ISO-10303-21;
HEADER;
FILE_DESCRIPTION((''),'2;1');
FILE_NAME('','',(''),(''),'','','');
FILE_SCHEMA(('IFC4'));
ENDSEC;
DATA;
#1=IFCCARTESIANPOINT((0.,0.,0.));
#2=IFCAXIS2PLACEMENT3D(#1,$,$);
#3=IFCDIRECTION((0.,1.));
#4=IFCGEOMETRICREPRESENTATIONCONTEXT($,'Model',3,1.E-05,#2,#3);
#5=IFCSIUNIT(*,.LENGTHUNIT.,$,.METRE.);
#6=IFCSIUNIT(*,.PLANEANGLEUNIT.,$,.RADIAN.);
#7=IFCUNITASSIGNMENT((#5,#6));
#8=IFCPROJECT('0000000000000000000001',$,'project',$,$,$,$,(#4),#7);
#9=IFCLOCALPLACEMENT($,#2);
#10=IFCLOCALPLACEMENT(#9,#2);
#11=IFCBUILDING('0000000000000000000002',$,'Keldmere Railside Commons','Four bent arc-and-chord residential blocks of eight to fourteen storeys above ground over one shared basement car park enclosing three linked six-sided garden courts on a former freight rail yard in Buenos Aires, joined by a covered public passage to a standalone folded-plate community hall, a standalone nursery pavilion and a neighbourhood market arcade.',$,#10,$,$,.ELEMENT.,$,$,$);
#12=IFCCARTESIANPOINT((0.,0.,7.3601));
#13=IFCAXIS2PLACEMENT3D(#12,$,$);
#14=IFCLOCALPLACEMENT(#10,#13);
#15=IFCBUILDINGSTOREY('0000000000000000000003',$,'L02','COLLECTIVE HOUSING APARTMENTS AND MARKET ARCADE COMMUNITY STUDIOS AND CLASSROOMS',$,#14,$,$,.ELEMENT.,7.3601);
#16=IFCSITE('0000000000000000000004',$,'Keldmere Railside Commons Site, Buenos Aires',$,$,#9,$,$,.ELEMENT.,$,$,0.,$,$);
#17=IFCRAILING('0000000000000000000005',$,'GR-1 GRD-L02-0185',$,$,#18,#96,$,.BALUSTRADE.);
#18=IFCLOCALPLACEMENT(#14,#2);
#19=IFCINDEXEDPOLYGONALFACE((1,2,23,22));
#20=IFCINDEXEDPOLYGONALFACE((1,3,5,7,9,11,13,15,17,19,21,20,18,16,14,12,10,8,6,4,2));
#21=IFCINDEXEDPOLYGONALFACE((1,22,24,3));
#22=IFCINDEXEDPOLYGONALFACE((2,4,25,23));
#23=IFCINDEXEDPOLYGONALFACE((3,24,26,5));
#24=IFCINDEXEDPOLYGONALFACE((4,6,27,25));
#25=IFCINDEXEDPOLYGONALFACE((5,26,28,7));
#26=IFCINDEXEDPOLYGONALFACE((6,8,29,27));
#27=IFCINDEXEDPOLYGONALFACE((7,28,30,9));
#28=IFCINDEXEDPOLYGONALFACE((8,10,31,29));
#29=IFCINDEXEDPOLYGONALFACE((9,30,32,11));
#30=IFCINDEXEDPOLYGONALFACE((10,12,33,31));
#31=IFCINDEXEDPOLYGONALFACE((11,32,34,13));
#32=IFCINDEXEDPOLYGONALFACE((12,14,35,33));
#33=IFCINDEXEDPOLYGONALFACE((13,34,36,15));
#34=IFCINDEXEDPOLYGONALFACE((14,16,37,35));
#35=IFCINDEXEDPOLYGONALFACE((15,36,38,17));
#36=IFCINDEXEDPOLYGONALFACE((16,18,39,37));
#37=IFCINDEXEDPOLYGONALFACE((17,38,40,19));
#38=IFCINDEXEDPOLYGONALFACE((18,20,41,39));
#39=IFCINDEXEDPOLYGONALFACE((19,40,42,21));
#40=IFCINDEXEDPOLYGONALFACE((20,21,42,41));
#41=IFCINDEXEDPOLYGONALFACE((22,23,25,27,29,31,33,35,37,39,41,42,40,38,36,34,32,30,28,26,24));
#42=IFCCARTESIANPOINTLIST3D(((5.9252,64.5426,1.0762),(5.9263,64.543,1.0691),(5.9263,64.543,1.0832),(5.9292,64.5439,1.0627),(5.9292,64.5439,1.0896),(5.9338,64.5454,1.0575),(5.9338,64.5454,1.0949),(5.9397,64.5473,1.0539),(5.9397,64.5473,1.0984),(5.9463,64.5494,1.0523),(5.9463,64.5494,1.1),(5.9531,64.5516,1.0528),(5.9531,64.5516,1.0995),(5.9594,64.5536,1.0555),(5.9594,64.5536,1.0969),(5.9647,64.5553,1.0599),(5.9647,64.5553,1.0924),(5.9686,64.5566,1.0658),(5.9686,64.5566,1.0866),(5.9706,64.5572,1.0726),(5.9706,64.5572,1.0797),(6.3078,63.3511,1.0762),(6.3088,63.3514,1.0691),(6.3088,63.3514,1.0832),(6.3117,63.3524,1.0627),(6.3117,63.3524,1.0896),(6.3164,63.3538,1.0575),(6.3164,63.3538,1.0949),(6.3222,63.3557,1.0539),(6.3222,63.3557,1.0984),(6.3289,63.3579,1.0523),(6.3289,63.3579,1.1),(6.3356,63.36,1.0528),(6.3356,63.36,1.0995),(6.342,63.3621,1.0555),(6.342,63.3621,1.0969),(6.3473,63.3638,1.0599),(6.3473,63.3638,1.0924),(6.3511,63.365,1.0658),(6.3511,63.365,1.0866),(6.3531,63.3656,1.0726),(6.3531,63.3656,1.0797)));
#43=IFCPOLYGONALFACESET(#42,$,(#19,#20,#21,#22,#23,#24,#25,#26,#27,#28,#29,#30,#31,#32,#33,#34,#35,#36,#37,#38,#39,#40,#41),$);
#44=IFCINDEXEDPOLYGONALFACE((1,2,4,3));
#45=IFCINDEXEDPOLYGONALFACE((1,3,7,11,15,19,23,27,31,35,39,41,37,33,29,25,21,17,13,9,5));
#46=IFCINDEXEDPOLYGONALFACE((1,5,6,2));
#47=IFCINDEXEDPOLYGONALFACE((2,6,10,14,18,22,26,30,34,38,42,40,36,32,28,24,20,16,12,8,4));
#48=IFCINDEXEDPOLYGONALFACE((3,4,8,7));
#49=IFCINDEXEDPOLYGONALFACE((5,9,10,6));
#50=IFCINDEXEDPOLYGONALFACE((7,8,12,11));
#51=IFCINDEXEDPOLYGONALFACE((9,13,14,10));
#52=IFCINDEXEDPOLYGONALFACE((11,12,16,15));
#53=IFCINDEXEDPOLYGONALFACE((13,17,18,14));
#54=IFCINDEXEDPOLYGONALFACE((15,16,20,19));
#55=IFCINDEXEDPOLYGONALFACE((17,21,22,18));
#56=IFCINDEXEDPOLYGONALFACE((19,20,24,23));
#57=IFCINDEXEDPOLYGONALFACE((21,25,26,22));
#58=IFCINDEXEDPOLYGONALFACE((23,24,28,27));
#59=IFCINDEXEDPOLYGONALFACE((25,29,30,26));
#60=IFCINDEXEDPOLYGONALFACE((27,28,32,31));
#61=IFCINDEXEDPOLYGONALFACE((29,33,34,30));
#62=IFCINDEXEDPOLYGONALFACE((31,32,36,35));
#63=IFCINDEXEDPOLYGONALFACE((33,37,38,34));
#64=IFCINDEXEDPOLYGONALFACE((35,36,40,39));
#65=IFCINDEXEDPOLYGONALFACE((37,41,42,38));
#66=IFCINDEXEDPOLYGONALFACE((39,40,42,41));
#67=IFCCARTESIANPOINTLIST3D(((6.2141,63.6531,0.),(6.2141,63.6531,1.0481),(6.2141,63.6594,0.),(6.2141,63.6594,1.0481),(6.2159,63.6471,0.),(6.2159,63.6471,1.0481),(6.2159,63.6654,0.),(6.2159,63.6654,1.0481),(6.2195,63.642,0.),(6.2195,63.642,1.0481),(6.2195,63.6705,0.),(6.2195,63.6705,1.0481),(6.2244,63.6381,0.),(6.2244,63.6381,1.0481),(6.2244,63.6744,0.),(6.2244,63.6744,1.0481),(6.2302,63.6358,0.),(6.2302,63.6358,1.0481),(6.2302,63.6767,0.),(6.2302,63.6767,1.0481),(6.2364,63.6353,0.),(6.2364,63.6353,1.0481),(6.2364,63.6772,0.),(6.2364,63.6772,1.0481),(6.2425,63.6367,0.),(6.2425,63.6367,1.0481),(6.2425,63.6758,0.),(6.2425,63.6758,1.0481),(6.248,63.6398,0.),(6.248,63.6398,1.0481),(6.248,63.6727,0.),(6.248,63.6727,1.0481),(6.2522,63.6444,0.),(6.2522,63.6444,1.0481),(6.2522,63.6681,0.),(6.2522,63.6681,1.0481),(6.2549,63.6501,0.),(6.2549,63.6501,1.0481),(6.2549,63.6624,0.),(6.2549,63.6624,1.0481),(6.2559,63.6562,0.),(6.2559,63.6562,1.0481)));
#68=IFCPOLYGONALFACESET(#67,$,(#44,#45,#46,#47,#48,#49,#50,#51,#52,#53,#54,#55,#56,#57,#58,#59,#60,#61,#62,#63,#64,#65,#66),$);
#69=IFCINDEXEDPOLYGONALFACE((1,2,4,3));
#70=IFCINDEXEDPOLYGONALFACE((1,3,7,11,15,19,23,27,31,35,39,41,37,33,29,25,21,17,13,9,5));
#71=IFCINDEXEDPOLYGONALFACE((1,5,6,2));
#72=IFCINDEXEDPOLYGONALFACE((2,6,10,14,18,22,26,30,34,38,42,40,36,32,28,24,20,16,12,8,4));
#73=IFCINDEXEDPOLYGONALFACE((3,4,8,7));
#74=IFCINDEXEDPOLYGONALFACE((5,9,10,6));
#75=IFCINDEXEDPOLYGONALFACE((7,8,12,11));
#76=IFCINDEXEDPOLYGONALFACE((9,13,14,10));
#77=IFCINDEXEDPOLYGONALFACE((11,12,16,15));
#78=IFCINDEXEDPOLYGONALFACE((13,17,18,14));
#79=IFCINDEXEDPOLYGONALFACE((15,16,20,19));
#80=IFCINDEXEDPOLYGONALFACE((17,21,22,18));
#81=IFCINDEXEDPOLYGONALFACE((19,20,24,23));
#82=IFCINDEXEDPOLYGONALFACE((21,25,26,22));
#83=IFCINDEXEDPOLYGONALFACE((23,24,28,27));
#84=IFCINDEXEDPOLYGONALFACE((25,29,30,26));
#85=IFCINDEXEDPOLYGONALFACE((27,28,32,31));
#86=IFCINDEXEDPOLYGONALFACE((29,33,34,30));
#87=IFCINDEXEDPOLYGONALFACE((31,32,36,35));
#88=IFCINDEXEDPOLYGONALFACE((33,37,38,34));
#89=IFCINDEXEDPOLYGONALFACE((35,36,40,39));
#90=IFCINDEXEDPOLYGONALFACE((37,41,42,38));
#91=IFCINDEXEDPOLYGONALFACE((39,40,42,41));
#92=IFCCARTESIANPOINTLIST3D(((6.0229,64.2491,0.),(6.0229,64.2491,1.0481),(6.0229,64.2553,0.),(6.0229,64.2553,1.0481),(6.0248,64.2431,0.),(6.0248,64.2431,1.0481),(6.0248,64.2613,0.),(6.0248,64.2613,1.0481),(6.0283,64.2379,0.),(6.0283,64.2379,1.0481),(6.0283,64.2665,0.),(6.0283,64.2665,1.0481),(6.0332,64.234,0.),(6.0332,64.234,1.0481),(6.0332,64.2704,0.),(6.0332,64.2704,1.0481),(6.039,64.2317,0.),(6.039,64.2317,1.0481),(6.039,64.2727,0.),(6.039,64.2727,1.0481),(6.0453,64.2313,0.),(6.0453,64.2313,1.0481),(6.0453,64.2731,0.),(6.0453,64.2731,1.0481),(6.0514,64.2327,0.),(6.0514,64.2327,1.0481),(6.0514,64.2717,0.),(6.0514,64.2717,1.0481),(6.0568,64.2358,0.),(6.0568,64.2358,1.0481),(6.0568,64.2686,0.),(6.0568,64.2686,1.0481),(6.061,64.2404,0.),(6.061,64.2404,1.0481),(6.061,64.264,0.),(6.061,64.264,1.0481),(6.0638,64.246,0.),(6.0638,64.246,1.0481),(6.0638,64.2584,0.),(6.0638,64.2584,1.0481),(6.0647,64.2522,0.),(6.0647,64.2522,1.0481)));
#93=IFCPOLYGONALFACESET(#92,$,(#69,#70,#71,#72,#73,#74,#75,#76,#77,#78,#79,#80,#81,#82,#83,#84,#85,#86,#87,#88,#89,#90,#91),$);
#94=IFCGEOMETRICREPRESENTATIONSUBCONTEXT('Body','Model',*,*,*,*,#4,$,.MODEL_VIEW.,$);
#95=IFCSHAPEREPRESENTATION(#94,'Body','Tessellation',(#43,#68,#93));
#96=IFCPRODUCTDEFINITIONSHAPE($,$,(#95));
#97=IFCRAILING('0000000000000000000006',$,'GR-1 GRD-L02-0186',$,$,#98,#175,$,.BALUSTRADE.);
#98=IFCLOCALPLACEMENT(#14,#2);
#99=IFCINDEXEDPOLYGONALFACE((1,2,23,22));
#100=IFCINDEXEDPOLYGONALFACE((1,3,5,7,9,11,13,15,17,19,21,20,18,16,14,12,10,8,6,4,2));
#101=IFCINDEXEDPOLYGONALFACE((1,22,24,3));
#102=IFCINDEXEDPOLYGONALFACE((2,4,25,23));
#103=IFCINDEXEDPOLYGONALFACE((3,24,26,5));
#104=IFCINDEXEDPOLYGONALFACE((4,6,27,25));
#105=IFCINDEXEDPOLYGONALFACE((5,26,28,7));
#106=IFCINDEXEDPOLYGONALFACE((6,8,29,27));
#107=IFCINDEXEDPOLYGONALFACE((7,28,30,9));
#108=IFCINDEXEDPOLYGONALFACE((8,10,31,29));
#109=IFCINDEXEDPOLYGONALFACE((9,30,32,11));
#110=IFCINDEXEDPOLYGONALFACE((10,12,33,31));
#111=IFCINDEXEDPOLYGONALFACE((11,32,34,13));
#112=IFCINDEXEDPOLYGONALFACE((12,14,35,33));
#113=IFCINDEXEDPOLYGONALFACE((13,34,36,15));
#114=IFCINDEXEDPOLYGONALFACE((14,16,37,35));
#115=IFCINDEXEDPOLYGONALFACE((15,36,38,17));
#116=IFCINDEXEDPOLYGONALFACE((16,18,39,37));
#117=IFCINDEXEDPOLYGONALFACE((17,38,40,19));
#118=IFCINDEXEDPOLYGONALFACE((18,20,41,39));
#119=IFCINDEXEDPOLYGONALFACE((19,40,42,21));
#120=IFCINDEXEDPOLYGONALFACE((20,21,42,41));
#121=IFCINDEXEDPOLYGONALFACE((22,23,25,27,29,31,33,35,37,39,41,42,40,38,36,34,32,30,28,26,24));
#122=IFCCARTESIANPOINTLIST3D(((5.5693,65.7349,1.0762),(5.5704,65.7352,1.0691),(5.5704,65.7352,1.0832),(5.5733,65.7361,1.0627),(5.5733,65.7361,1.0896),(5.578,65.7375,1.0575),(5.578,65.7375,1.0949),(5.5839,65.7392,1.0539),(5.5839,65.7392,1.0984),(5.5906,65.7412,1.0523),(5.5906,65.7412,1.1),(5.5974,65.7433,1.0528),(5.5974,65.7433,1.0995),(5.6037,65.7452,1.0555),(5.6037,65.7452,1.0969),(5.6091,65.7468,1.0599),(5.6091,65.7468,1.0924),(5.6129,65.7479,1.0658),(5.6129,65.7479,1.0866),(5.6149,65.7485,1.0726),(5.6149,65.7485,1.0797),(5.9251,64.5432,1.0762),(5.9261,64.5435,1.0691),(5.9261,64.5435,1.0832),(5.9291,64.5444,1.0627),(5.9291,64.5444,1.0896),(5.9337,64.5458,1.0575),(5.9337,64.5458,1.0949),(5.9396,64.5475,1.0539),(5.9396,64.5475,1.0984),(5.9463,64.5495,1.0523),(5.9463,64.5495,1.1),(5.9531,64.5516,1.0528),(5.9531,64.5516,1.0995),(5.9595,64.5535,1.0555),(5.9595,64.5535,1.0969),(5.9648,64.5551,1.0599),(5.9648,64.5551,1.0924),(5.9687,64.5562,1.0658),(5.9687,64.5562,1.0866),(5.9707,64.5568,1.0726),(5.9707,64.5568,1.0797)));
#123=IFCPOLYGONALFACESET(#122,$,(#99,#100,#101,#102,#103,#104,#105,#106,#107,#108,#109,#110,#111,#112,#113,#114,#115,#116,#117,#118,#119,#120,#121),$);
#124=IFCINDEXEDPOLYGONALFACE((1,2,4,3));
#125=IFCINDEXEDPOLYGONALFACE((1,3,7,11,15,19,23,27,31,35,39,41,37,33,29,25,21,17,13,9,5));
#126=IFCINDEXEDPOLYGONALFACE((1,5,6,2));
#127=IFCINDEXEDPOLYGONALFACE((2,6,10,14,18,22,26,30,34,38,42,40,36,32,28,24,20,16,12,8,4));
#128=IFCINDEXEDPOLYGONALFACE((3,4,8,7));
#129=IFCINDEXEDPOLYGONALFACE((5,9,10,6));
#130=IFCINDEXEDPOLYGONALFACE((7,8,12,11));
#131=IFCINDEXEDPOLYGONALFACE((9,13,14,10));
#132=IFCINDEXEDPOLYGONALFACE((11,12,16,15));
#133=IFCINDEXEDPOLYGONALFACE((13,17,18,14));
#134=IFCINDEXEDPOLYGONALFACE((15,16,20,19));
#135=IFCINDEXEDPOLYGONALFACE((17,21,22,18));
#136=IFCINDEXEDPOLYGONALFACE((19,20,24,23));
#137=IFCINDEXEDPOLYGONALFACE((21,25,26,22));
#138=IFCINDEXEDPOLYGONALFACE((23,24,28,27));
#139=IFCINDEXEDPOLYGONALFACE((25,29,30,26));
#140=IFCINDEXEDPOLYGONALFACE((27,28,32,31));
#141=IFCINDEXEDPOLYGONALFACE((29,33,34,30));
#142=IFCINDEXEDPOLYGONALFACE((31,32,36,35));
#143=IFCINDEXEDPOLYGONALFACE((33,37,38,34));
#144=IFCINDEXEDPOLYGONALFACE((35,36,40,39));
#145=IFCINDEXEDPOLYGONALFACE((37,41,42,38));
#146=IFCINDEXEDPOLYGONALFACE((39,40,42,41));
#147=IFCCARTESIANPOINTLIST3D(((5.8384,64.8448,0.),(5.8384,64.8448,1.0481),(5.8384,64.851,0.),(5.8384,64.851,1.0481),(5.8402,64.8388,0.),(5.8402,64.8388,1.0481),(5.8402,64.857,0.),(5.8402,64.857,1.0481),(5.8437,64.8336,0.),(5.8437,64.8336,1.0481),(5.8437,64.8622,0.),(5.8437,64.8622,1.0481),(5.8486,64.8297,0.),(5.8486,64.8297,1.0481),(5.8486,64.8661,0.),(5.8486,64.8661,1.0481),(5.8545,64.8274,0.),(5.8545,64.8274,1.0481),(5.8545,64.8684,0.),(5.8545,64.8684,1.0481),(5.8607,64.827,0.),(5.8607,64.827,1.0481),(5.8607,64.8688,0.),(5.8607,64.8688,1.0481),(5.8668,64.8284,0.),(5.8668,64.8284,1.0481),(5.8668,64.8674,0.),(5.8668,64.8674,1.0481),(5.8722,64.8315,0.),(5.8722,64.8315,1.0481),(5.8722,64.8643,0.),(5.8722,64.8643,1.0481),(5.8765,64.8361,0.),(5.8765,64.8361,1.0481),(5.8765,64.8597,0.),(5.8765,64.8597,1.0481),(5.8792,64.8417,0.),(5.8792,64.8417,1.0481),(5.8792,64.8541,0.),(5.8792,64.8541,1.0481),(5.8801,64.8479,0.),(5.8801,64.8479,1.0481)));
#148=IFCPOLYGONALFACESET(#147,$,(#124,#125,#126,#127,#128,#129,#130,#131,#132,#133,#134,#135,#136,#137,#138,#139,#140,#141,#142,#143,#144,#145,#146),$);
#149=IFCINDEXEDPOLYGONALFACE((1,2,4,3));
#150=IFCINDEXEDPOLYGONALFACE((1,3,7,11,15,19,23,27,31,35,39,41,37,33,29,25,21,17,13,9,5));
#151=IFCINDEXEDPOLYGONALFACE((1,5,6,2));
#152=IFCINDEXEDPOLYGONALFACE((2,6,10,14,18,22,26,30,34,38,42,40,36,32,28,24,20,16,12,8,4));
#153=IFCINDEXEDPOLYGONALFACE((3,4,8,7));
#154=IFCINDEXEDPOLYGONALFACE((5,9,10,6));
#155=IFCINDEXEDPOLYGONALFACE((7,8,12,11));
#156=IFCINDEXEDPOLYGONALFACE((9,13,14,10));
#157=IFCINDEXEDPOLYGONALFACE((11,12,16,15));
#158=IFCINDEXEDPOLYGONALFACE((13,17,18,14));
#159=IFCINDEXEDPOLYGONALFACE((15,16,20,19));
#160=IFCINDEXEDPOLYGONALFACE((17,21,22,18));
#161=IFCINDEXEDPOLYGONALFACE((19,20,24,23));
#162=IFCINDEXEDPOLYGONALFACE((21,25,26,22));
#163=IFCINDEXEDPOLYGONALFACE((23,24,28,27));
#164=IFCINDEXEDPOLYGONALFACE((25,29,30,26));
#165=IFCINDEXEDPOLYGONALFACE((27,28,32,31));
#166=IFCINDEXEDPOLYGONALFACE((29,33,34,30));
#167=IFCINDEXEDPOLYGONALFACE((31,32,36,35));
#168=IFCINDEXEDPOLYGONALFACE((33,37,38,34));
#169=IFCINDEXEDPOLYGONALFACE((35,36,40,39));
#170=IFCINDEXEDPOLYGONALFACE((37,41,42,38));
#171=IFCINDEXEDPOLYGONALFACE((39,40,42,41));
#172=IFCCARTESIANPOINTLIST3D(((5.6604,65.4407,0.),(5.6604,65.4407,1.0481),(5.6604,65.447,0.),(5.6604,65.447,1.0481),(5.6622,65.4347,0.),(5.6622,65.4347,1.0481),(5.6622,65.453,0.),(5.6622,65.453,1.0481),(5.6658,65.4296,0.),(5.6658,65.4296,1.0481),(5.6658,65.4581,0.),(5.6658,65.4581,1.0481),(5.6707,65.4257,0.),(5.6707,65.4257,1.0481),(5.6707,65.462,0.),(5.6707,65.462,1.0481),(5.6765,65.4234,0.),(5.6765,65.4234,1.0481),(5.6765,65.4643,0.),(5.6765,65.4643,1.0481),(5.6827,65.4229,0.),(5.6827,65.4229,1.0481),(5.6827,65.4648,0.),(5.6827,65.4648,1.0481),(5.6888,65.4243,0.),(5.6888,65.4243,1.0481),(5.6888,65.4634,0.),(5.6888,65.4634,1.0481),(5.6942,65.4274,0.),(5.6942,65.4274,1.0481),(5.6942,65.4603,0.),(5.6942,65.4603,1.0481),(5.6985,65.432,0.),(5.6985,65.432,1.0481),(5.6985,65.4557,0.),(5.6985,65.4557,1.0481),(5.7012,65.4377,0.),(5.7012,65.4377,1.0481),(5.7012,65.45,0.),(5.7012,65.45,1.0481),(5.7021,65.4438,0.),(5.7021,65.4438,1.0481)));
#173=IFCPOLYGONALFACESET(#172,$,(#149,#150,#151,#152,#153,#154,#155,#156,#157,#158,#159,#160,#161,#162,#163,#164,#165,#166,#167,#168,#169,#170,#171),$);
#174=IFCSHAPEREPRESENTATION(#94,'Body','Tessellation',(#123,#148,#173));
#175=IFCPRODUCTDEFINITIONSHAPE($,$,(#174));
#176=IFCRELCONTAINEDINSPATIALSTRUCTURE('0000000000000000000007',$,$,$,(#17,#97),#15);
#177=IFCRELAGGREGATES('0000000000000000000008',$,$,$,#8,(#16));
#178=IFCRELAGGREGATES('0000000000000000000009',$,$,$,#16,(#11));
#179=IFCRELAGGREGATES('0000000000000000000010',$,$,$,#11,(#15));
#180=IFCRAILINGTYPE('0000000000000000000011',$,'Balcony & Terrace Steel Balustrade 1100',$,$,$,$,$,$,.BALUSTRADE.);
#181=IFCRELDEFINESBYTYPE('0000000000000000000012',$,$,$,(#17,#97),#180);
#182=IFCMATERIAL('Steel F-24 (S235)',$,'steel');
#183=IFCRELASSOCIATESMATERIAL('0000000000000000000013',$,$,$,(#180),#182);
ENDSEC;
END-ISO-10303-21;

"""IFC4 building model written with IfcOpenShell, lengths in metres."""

from ifc_helpers import new_model, si_unit, direction, frame, origin, origin_2d, place, context, subcontext, project, spatial, circle, extrude, material, type_object, element, save


model = new_model("IFC4")

# Units and contexts
model_context = context("Model", 3, precision=1e-05, world=origin(), true_north=direction((0.0, 1.0)))
body_context = subcontext(model_context, "Body", "Model", "MODEL_VIEW")
ifc_project = project(units=[si_unit("LENGTHUNIT", "METRE"), si_unit("PLANEANGLEUNIT", "RADIAN")], contexts=[model_context])

# Site, building, storey
site_placement = place(None, origin())
site = spatial("IfcSite", under=ifc_project, at=site_placement, Name="Keldmere Railside Commons Site, Buenos Aires", CompositionType="ELEMENT", RefElevation=0.0)
building_placement = place(site_placement, origin())
building = spatial("IfcBuilding", under=site, at=building_placement, Name="Keldmere Railside Commons", Description="Four bent arc-and-chord residential blocks of eight to fourteen storeys above ground over one shared basement car park enclosing three linked six-sided garden courts on a former freight rail yard in Buenos Aires, joined by a covered public passage to a standalone folded-plate community hall, a standalone nursery pavilion and a neighbourhood market arcade.", CompositionType="ELEMENT")
storey_placement = place(building_placement, frame((0.0, 0.0, 7.3601)))
storey = spatial("IfcBuildingStorey", under=building, at=storey_placement, Name="L02", Description="COLLECTIVE HOUSING APARTMENTS AND MARKET ARCADE COMMUNITY STUDIOS AND CLASSROOMS", CompositionType="ELEMENT", Elevation=7.3601)

# Railings
ifc_material_1 = material(Name="Steel F-24 (S235)", Category="steel")
railing_type = type_object("IfcRailingType", Name="Balcony & Terrace Steel Balustrade 1100", PredefinedType="BALUSTRADE", material=ifc_material_1)
railing_1_placement = place(storey_placement, frame((6.3306, 63.3584, 0.0)))
element("IfcRailing", 1, at=railing_1_placement, inside=storey, type_object=railing_type, Name="GR-1 GRD-L02-0185", PredefinedType="BALUSTRADE", context=body_context, shape_type="SweptSolid", body=[
    extrude(circle(Radius=0.0239, at=origin_2d()), frame((0.0, 0.0, 1.0762), z_axis=(-0.305674, 0.952136, 0.0), x_axis=(-0.952136, -0.305674, 0.0)), (0.0, 0.0, 1.0), 1.2515),
    extrude(circle(Radius=0.021, at=origin_2d()), frame((-0.0957, 0.2979, 0.0)), (0.0, 0.0, 1.0), 1.0481),
    extrude(circle(Radius=0.021, at=origin_2d()), frame((-0.2869, 0.8938, 0.0)), (0.0, 0.0, 1.0), 1.0481),
])
railing_2_placement = place(storey_placement, frame((5.948, 64.55, 0.0)))
element("IfcRailing", 2, at=railing_2_placement, inside=storey, type_object=railing_type, Name="GR-1 GRD-L02-0186", PredefinedType="BALUSTRADE", context=body_context, shape_type="SweptSolid", body=[
    extrude(circle(Radius=0.0239, at=origin_2d()), frame((0.0, 0.0, 1.0762), z_axis=(-0.286033, 0.95822, 0.0), x_axis=(-0.95822, -0.286033, 0.0)), (0.0, 0.0, 1.0), 1.2437),
    extrude(circle(Radius=0.021, at=origin_2d()), frame((-0.0889, 0.2979, 0.0)), (0.0, 0.0, 1.0), 1.0481),
    extrude(circle(Radius=0.021, at=origin_2d()), frame((-0.2668, 0.8938, 0.0)), (0.0, 0.0, 1.0), 1.0481),
])

save(model, "model.ifc")
